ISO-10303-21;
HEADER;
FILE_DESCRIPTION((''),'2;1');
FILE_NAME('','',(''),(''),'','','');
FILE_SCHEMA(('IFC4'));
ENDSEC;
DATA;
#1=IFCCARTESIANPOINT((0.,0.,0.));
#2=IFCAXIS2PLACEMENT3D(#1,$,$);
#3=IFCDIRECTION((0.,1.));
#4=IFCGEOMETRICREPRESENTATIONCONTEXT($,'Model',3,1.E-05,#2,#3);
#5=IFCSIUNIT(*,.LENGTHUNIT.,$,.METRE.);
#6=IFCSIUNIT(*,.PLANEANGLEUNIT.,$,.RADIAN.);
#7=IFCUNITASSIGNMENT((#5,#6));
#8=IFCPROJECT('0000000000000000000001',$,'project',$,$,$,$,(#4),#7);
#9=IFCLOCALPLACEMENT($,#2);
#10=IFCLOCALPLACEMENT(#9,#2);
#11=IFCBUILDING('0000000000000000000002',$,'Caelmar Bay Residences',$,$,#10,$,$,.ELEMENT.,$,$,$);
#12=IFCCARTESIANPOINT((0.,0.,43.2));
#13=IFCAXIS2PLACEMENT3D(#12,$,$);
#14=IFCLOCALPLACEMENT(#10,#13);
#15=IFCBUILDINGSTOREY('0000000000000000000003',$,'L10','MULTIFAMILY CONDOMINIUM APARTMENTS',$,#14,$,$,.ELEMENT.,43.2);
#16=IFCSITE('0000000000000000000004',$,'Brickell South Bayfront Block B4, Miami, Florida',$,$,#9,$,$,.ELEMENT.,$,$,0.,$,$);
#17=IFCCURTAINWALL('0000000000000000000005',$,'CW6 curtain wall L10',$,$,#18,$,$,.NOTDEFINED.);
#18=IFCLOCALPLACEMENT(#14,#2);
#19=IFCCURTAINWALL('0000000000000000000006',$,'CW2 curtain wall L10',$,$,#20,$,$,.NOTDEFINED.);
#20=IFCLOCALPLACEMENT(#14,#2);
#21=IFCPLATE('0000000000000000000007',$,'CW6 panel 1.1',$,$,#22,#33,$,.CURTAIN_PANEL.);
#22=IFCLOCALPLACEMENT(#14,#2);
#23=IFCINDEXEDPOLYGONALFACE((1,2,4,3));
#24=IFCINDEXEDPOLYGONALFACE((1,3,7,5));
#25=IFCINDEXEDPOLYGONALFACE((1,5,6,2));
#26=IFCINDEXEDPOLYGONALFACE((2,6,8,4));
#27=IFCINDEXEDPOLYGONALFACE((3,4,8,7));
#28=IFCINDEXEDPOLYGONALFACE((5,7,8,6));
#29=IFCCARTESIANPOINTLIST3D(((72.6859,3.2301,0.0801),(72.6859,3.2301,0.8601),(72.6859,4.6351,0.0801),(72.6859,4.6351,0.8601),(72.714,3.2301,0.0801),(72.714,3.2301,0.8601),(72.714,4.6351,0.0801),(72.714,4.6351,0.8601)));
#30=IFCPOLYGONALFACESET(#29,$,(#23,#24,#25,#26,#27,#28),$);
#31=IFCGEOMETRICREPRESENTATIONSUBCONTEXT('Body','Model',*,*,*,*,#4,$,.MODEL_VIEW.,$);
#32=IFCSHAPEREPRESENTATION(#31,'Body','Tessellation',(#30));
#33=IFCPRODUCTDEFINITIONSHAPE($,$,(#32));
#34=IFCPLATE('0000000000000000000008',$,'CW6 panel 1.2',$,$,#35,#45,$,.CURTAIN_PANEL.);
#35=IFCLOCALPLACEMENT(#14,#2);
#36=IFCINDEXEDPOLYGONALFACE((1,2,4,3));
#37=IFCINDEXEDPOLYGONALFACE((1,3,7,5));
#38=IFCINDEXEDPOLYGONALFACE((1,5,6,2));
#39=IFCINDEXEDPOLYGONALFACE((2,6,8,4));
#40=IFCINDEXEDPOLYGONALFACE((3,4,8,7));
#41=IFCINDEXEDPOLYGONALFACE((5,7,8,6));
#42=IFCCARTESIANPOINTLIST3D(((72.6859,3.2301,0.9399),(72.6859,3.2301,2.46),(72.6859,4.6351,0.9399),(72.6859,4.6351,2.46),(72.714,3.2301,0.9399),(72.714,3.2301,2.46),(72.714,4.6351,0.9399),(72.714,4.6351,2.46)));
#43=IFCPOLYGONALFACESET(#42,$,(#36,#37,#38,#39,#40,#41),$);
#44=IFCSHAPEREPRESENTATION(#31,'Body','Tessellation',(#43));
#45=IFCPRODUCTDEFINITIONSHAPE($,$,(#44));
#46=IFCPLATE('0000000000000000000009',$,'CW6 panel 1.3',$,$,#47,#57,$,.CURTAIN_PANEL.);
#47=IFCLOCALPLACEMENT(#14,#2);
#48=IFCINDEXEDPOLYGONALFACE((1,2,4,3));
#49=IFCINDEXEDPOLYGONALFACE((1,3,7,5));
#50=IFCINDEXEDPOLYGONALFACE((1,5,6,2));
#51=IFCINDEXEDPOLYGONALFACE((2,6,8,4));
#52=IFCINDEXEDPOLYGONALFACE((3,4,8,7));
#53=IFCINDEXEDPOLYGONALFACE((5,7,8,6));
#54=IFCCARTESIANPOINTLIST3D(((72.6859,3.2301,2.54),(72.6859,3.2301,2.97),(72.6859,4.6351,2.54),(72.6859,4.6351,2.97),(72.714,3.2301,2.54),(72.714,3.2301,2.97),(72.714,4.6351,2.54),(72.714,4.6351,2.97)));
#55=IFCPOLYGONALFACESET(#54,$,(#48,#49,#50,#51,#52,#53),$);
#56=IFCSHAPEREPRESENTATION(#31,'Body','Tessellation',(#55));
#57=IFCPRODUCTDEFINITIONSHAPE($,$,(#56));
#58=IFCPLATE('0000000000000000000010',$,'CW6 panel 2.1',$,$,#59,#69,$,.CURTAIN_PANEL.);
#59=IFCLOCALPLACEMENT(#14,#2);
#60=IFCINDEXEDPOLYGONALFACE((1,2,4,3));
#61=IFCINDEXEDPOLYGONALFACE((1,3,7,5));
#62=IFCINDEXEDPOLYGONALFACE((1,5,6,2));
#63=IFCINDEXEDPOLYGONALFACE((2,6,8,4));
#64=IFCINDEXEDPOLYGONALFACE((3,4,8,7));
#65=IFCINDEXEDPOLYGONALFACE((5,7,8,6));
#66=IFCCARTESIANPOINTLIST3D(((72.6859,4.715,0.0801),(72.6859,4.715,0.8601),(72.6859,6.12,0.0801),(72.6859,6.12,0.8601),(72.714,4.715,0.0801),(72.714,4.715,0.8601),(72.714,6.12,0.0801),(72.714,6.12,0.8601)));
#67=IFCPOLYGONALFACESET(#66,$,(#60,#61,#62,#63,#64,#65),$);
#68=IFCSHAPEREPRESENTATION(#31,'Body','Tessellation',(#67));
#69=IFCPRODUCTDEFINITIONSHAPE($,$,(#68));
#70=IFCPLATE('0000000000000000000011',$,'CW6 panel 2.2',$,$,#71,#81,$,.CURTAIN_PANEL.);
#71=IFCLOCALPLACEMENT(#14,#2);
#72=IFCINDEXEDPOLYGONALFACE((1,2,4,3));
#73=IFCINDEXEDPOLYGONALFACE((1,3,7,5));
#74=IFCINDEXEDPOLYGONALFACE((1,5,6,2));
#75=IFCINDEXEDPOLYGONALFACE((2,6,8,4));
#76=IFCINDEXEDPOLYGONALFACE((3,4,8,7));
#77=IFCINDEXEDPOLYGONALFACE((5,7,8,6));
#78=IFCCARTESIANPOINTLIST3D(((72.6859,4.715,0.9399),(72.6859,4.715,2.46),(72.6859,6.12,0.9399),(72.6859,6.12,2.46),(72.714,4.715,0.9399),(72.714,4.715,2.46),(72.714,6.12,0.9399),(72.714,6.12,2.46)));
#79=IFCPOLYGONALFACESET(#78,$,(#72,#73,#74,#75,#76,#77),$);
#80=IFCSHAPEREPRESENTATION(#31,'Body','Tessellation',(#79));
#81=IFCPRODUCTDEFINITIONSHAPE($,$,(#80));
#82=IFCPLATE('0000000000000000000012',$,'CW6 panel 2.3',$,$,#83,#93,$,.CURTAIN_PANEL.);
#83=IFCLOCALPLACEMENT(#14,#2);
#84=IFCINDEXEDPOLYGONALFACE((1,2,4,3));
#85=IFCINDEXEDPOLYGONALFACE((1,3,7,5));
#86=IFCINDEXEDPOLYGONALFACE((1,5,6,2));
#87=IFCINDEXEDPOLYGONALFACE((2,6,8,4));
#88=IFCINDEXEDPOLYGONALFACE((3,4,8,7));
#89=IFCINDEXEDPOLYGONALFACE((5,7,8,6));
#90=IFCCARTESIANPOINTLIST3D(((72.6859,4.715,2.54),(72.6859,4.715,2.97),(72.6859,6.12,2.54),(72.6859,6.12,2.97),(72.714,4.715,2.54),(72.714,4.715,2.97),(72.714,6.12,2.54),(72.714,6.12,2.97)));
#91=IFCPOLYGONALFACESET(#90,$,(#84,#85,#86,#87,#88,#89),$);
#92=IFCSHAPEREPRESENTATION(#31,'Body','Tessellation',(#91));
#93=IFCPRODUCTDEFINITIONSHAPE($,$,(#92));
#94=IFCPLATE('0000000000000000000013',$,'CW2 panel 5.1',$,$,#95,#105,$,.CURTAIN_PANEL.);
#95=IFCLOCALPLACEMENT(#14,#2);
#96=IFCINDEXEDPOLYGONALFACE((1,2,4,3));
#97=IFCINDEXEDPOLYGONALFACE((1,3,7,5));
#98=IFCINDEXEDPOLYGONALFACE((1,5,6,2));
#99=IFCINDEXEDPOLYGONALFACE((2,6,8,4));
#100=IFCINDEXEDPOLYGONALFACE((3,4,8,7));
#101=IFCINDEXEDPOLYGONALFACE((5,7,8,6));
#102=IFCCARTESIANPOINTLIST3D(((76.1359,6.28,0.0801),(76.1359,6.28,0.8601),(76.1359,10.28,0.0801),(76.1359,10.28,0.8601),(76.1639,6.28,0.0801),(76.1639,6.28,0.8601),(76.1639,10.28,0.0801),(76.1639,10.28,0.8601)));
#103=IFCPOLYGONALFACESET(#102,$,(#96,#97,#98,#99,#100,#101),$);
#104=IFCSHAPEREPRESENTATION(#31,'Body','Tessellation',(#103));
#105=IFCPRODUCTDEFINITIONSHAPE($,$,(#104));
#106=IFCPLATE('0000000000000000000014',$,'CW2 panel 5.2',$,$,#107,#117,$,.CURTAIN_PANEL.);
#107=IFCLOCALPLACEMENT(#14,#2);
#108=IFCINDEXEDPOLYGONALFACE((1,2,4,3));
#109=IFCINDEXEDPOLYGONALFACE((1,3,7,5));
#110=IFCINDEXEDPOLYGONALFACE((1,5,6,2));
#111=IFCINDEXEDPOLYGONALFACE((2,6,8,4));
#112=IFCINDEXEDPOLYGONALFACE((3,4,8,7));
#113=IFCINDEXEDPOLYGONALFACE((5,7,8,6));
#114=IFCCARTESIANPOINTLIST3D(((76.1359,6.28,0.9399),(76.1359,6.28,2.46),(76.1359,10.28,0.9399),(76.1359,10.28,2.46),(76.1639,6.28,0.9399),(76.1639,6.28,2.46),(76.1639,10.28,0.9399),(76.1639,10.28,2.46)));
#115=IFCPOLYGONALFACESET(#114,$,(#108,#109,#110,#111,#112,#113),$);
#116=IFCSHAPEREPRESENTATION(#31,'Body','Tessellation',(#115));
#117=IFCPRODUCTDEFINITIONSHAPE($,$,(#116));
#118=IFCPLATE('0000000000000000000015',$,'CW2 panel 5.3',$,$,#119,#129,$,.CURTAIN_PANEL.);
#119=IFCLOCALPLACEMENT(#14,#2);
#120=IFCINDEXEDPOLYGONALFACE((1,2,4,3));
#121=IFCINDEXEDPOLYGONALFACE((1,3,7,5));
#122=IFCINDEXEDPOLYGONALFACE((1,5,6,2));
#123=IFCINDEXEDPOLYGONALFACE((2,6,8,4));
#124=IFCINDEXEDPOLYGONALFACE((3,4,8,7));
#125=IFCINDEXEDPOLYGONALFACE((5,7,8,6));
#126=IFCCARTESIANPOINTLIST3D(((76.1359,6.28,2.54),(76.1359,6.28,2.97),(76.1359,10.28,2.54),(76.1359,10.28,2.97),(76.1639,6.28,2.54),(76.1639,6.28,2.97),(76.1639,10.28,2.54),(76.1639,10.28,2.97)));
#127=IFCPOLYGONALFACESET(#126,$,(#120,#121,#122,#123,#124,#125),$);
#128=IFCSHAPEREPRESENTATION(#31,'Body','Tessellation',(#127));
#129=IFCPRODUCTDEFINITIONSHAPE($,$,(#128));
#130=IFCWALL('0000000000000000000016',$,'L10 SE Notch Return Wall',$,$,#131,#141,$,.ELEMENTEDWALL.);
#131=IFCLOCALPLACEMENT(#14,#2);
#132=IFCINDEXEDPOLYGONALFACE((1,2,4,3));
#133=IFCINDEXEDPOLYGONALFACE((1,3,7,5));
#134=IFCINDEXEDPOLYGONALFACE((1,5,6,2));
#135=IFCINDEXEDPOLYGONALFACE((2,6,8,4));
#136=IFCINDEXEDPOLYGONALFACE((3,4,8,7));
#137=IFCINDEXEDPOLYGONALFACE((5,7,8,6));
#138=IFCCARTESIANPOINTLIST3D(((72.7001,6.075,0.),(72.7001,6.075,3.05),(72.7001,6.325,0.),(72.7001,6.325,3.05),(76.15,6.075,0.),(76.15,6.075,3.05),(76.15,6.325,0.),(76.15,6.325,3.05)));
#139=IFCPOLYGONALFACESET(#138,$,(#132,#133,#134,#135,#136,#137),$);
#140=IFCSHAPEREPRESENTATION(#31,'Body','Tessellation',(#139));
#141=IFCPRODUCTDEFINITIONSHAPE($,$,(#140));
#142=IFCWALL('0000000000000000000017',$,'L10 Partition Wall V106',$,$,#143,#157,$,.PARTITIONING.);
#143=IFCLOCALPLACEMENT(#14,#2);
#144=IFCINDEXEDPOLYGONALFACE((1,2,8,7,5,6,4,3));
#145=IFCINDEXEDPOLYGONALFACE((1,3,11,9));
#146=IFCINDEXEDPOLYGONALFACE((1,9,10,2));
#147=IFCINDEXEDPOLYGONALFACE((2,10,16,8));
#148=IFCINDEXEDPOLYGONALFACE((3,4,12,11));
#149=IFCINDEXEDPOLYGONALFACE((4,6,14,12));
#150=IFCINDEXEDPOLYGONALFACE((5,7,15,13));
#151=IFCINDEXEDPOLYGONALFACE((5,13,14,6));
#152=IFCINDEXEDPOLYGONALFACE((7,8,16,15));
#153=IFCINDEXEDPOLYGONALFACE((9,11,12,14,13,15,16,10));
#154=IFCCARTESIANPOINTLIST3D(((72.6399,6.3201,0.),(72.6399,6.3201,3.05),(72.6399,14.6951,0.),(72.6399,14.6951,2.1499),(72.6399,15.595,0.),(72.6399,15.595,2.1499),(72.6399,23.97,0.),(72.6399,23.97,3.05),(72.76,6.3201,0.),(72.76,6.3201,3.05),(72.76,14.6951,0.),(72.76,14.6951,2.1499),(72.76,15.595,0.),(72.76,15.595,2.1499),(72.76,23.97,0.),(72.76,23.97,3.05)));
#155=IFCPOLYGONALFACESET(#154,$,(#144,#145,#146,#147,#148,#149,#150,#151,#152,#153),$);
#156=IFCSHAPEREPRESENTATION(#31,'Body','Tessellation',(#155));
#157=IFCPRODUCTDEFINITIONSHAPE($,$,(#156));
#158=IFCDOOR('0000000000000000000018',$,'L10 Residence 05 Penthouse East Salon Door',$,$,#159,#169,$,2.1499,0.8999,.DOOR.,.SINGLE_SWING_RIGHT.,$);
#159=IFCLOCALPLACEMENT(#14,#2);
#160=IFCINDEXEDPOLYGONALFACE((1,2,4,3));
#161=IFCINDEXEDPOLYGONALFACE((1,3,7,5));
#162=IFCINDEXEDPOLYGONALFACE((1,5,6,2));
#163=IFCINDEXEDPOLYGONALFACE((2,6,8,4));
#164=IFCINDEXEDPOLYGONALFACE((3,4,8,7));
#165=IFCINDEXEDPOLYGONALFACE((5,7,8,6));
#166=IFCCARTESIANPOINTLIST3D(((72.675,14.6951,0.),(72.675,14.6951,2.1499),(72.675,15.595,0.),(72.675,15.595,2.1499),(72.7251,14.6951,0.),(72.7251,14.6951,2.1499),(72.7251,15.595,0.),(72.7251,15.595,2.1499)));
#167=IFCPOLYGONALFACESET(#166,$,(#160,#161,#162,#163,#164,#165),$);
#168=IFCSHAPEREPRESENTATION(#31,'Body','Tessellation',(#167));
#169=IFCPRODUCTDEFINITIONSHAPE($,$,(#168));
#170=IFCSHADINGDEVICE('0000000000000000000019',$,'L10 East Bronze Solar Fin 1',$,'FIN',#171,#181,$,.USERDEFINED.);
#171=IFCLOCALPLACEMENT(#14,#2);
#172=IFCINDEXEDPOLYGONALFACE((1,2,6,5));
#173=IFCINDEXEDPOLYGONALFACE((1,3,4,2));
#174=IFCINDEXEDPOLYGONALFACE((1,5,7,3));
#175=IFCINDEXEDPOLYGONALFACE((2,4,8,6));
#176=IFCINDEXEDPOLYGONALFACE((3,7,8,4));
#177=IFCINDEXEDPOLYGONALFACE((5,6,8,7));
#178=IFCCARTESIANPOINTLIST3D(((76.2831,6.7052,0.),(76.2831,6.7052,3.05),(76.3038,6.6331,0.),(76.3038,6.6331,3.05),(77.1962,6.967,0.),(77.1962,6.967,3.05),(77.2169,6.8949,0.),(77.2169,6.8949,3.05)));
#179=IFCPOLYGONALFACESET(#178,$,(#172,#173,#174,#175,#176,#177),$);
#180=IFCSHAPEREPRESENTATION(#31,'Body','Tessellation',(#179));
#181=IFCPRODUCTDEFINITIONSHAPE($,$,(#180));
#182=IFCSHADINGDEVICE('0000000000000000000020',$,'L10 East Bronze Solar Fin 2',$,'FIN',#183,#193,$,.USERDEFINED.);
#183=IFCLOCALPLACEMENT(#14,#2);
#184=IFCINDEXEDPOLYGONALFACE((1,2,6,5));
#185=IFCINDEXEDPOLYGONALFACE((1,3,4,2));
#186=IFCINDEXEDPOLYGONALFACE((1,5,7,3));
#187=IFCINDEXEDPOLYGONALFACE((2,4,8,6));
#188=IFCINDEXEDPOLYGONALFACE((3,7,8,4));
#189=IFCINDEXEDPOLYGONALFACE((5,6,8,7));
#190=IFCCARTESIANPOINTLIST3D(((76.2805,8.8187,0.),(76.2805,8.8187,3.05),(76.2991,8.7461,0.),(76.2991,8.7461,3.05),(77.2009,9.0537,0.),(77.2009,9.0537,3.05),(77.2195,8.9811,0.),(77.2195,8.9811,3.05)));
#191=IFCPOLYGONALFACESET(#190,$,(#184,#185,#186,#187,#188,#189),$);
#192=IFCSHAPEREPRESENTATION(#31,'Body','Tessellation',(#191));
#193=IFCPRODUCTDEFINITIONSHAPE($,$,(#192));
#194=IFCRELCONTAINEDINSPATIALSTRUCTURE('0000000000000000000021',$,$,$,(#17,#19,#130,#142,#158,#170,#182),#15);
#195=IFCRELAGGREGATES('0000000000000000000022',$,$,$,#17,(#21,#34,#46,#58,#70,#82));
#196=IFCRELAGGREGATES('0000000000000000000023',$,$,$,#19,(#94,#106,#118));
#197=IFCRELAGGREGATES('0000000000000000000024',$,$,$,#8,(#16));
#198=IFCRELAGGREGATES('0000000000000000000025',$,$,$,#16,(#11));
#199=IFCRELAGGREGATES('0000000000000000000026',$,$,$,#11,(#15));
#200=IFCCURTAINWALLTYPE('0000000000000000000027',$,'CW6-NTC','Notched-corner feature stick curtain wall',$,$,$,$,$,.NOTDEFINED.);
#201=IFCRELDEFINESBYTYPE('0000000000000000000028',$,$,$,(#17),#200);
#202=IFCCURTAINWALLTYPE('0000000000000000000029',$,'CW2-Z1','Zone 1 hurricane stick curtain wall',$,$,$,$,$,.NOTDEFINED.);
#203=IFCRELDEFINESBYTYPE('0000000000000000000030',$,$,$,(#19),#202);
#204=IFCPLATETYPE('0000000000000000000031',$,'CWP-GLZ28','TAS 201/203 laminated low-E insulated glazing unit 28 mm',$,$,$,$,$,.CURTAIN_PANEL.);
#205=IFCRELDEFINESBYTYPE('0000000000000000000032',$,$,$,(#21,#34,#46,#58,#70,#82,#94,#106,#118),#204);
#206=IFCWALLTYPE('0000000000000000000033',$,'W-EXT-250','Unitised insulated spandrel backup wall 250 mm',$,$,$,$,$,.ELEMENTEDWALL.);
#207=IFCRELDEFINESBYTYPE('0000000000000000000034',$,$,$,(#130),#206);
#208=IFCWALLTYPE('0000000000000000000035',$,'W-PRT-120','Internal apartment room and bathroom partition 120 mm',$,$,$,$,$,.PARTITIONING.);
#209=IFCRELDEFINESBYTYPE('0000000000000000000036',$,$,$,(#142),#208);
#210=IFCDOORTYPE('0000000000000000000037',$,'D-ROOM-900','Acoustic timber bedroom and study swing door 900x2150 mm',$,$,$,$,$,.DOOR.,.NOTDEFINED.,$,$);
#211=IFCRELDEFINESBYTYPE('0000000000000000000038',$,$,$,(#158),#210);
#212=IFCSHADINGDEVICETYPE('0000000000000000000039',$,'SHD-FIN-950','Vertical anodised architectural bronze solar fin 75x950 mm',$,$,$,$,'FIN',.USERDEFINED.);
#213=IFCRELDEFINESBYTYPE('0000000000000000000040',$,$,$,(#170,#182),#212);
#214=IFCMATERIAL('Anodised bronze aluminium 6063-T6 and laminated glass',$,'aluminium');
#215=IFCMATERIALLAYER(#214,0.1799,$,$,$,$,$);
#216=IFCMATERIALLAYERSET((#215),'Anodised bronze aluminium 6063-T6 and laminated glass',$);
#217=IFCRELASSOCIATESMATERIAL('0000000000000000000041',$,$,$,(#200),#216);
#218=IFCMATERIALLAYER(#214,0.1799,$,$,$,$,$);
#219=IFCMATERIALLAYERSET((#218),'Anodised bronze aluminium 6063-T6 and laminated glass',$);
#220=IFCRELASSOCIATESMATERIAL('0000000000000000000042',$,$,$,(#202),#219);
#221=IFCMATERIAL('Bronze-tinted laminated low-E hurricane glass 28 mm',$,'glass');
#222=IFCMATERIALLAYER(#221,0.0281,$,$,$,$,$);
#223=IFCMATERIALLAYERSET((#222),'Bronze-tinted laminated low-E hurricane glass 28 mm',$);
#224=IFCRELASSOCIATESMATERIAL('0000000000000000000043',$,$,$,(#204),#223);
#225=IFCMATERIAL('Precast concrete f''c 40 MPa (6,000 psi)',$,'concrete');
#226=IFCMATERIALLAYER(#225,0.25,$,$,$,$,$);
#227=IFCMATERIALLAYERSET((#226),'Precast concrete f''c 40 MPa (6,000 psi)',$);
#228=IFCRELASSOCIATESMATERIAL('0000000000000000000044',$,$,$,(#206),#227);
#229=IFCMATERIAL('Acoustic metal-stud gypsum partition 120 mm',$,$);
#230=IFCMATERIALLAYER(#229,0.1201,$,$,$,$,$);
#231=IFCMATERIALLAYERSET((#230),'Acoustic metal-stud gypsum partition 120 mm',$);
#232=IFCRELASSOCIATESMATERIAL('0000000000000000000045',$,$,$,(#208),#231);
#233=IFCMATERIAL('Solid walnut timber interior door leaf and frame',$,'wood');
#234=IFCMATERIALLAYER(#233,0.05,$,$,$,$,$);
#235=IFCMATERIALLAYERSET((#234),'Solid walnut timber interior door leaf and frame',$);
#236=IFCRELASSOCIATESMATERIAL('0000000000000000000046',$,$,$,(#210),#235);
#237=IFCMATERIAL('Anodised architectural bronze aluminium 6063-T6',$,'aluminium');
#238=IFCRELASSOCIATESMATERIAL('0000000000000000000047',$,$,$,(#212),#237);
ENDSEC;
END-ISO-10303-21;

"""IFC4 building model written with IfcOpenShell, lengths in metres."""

from ifc_helpers import new_model, si_unit, direction, frame, frame_2d, origin, origin_2d, place, context, subcontext, project, spatial, rectangle, extrude, material, layer, layer_set, material_profile, profile_set, type_object, element, fill, aggregate, save


model = new_model("IFC4")

# Units and contexts
model_context = context("Model", 3, precision=1e-05, world=origin(), true_north=direction((0.0, 1.0)))
body_context = subcontext(model_context, "Body", "Model", "MODEL_VIEW")
ifc_project = project(units=[si_unit("LENGTHUNIT", "METRE"), si_unit("PLANEANGLEUNIT", "RADIAN")], contexts=[model_context])

# Site, building, storey
site_placement = place(None, origin())
site = spatial("IfcSite", under=ifc_project, at=site_placement, Name="Brickell South Bayfront Block B4, Miami, Florida", CompositionType="ELEMENT", RefElevation=0.0)
building_placement = place(site_placement, origin())
building = spatial("IfcBuilding", under=site, at=building_placement, Name="Caelmar Bay Residences", CompositionType="ELEMENT")
storey_placement = place(building_placement, frame((0.0, 0.0, 43.2)))
storey = spatial("IfcBuildingStorey", under=building, at=storey_placement, Name="L10", Description="MULTIFAMILY CONDOMINIUM APARTMENTS", CompositionType="ELEMENT", Elevation=43.2)

# Curtain walls
ifc_material_1 = material(Name="Anodised bronze aluminium 6063-T6 and laminated glass", Category="aluminium")
ifc_layer_1 = layer(ifc_material_1, 0.1799)
ifc_layer_set_1 = layer_set([ifc_layer_1], Name="Anodised bronze aluminium 6063-T6 and laminated glass")
curtain_wall_type_1 = type_object("IfcCurtainWallType", Name="CW6-NTC", Description="Notched-corner feature stick curtain wall", PredefinedType="NOTDEFINED", material=ifc_layer_set_1)
curtain_wall_1_placement = place(storey_placement, origin())
curtain_wall_1 = element("IfcCurtainWall", 1, at=curtain_wall_1_placement, inside=storey, type_object=curtain_wall_type_1, Name="CW6 curtain wall L10", PredefinedType="NOTDEFINED")
ifc_layer_2 = layer(ifc_material_1, 0.1799)
ifc_layer_set_2 = layer_set([ifc_layer_2], Name="Anodised bronze aluminium 6063-T6 and laminated glass")
curtain_wall_type_2 = type_object("IfcCurtainWallType", Name="CW2-Z1", Description="Zone 1 hurricane stick curtain wall", PredefinedType="NOTDEFINED", material=ifc_layer_set_2)
curtain_wall_2_placement = place(storey_placement, origin())
curtain_wall_2 = element("IfcCurtainWall", 2, at=curtain_wall_2_placement, inside=storey, type_object=curtain_wall_type_2, Name="CW2 curtain wall L10", PredefinedType="NOTDEFINED")

# Plates
ifc_material_2 = material(Name="Bronze-tinted laminated low-E hurricane glass 28 mm", Category="glass")
ifc_layer_3 = layer(ifc_material_2, 0.0281)
ifc_layer_set_3 = layer_set([ifc_layer_3], Name="Bronze-tinted laminated low-E hurricane glass 28 mm")
plate_type = type_object("IfcPlateType", Name="CWP-GLZ28", Description="TAS 201/203 laminated low-E insulated glazing unit 28 mm", PredefinedType="CURTAIN_PANEL", material=ifc_layer_set_3)
plate_1_placement = place(storey_placement, frame((72.7, 3.9326, 0.0801), z_axis=(0.0, 0.0, 1.0), x_axis=(0.0, 1.0, 0.0)))
plate_1 = element("IfcPlate", 3, at=plate_1_placement, type_object=plate_type, Name="CW6 panel 1.1", PredefinedType="CURTAIN_PANEL", context=body_context, shape_type="SweptSolid", body=[
    extrude(rectangle(XDim=1.405, YDim=0.0281, at=origin_2d()), origin(), (0.0, 0.0, 1.0), 0.78),
])
plate_2_placement = place(storey_placement, frame((72.7, 3.9326, 0.9399), z_axis=(0.0, 0.0, 1.0), x_axis=(0.0, 1.0, 0.0)))
plate_2 = element("IfcPlate", 4, at=plate_2_placement, type_object=plate_type, Name="CW6 panel 1.2", PredefinedType="CURTAIN_PANEL", context=body_context, shape_type="SweptSolid", body=[
    extrude(rectangle(XDim=1.405, YDim=0.0281, at=origin_2d()), origin(), (0.0, 0.0, 1.0), 1.52),
])
plate_3_placement = place(storey_placement, frame((72.7, 3.9326, 2.54), z_axis=(0.0, 0.0, 1.0), x_axis=(0.0, 1.0, 0.0)))
plate_3 = element("IfcPlate", 5, at=plate_3_placement, type_object=plate_type, Name="CW6 panel 1.3", PredefinedType="CURTAIN_PANEL", context=body_context, shape_type="SweptSolid", body=[
    extrude(rectangle(XDim=1.405, YDim=0.0281, at=origin_2d()), origin(), (0.0, 0.0, 1.0), 0.4299),
])
plate_4_placement = place(storey_placement, frame((72.7, 5.4175, 0.0801), z_axis=(0.0, 0.0, 1.0), x_axis=(0.0, 1.0, 0.0)))
plate_4 = element("IfcPlate", 6, at=plate_4_placement, type_object=plate_type, Name="CW6 panel 2.1", PredefinedType="CURTAIN_PANEL", context=body_context, shape_type="SweptSolid", body=[
    extrude(rectangle(XDim=1.405, YDim=0.0281, at=origin_2d()), origin(), (0.0, 0.0, 1.0), 0.78),
])
plate_5_placement = place(storey_placement, frame((72.7, 5.4175, 0.9399), z_axis=(0.0, 0.0, 1.0), x_axis=(0.0, 1.0, 0.0)))
plate_5 = element("IfcPlate", 7, at=plate_5_placement, type_object=plate_type, Name="CW6 panel 2.2", PredefinedType="CURTAIN_PANEL", context=body_context, shape_type="SweptSolid", body=[
    extrude(rectangle(XDim=1.405, YDim=0.0281, at=origin_2d()), origin(), (0.0, 0.0, 1.0), 1.52),
])
plate_6_placement = place(storey_placement, frame((72.7, 5.4175, 2.54), z_axis=(0.0, 0.0, 1.0), x_axis=(0.0, 1.0, 0.0)))
plate_6 = element("IfcPlate", 8, at=plate_6_placement, type_object=plate_type, Name="CW6 panel 2.3", PredefinedType="CURTAIN_PANEL", context=body_context, shape_type="SweptSolid", body=[
    extrude(rectangle(XDim=1.405, YDim=0.0281, at=origin_2d()), origin(), (0.0, 0.0, 1.0), 0.4299),
])
aggregate(curtain_wall_1, [plate_1, plate_2, plate_3, plate_4, plate_5, plate_6])
plate_7_placement = place(storey_placement, frame((76.1499, 8.28, 0.0801), z_axis=(0.0, 0.0, 1.0), x_axis=(0.0, -1.0, 0.0)))
plate_7 = element("IfcPlate", 9, at=plate_7_placement, type_object=plate_type, Name="CW2 panel 5.1", PredefinedType="CURTAIN_PANEL", context=body_context, shape_type="SweptSolid", body=[
    extrude(rectangle(XDim=4.0, YDim=0.0281, at=origin_2d()), origin(), (0.0, 0.0, 1.0), 0.78),
])
plate_8_placement = place(storey_placement, frame((76.1499, 8.28, 0.9399), z_axis=(0.0, 0.0, 1.0), x_axis=(0.0, -1.0, 0.0)))
plate_8 = element("IfcPlate", 10, at=plate_8_placement, type_object=plate_type, Name="CW2 panel 5.2", PredefinedType="CURTAIN_PANEL", context=body_context, shape_type="SweptSolid", body=[
    extrude(rectangle(XDim=4.0, YDim=0.0281, at=origin_2d()), origin(), (0.0, 0.0, 1.0), 1.52),
])
plate_9_placement = place(storey_placement, frame((76.1499, 8.28, 2.54), z_axis=(0.0, 0.0, 1.0), x_axis=(0.0, -1.0, 0.0)))
plate_9 = element("IfcPlate", 11, at=plate_9_placement, type_object=plate_type, Name="CW2 panel 5.3", PredefinedType="CURTAIN_PANEL", context=body_context, shape_type="SweptSolid", body=[
    extrude(rectangle(XDim=4.0, YDim=0.0281, at=origin_2d()), origin(), (0.0, 0.0, 1.0), 0.4299),
])
aggregate(curtain_wall_2, [plate_7, plate_8, plate_9])

# Wall
ifc_material_3 = material(Name="Precast concrete f'c 40 MPa (6,000 psi)", Category="concrete")
ifc_layer_4 = layer(ifc_material_3, 0.25)
ifc_layer_set_4 = layer_set([ifc_layer_4], Name="Precast concrete f'c 40 MPa (6,000 psi)")
wall_type_1 = type_object("IfcWallType", Name="W-EXT-250", Description="Unitised insulated spandrel backup wall 250 mm", PredefinedType="ELEMENTEDWALL", material=ifc_layer_set_4)
wall_1_placement = place(storey_placement, frame((72.7, 6.2, 0.0), z_axis=(0.0, 0.0, 1.0), x_axis=(1.0, 0.0, 0.0)))
element("IfcWall", 12, at=wall_1_placement, inside=storey, type_object=wall_type_1, Name="L10 SE Notch Return Wall", PredefinedType="ELEMENTEDWALL", context=body_context, shape_type="SweptSolid", body=[
    extrude(rectangle(XDim=3.45, YDim=0.25, at=frame_2d((1.7251, 0.0))), origin(), (0.0, 0.0, 1.0), 3.05),
])

# Wall, opening, door
ifc_material_4 = material(Name="Acoustic metal-stud gypsum partition 120 mm")
ifc_layer_5 = layer(ifc_material_4, 0.1201)
ifc_layer_set_5 = layer_set([ifc_layer_5], Name="Acoustic metal-stud gypsum partition 120 mm")
wall_type_2 = type_object("IfcWallType", Name="W-PRT-120", Description="Internal apartment room and bathroom partition 120 mm", PredefinedType="PARTITIONING", material=ifc_layer_set_5)
wall_2_placement = place(storey_placement, frame((72.7, 6.3201, 0.0), z_axis=(0.0, 0.0, 1.0), x_axis=(0.0, 1.0, 0.0)))
wall_2 = element("IfcWall", 13, at=wall_2_placement, inside=storey, type_object=wall_type_2, Name="L10 Partition Wall V106", PredefinedType="PARTITIONING", context=body_context, shape_type="SweptSolid", body=[
    extrude(rectangle(XDim=17.6499, YDim=0.1201, at=frame_2d((8.825, 0.0))), origin(), (0.0, 0.0, 1.0), 3.05),
])
opening_placement = place(wall_2_placement, frame((8.375, 0.0, 0.0)))
opening = element("IfcOpeningElement", 14, at=opening_placement, cuts=wall_2, PredefinedType="OPENING", context=body_context, shape_type="SweptSolid", body=[
    extrude(rectangle(XDim=0.8999, YDim=2.1499, at=frame_2d((0.45, 1.075))), frame((0.0, 0.0701, 0.0), z_axis=(0.0, -1.0, 0.0), x_axis=(1.0, 0.0, 0.0)), (0.0, 0.0, 1.0), 0.1401),
])
ifc_material_5 = material(Name="Solid walnut timber interior door leaf and frame", Category="wood")
ifc_layer_6 = layer(ifc_material_5, 0.05)
ifc_layer_set_6 = layer_set([ifc_layer_6], Name="Solid walnut timber interior door leaf and frame")
door_type = type_object("IfcDoorType", Name="D-ROOM-900", Description="Acoustic timber bedroom and study swing door 900x2150 mm", OperationType="NOTDEFINED", PredefinedType="DOOR", material=ifc_layer_set_6)
door_placement = place(opening_placement, origin())
door = element("IfcDoor", 15, at=door_placement, inside=storey, type_object=door_type, Name="L10 Residence 05 Penthouse East Salon Door", OperationType="SINGLE_SWING_RIGHT", OverallHeight=2.1499, OverallWidth=0.8999, PredefinedType="DOOR", context=body_context, shape_type="SweptSolid", body=[
    extrude(rectangle(XDim=0.8999, YDim=2.1499, at=frame_2d((0.45, 1.075))), frame((0.0, 0.0249, 0.0), z_axis=(0.0, -1.0, 0.0), x_axis=(1.0, 0.0, 0.0)), (0.0, 0.0, 1.0), 0.05),
])
fill(opening, door)

# Shading devices
ifc_material_6 = material(Name="Anodised architectural bronze aluminium 6063-T6", Category="aluminium")
ifc_material_profile_1 = material_profile(ifc_material_6, rectangle(XDim=0.075, YDim=0.95, at=origin_2d()), Name="BRONZE-FIN-75X950")
ifc_profile_set_1 = profile_set([ifc_material_profile_1], Name="Anodised architectural bronze aluminium 6063-T6")
shading_device_type = type_object("IfcShadingDeviceType", Name="SHD-FIN-950", Description="Vertical anodised architectural bronze solar fin 75x950 mm", ElementType="FIN", PredefinedType="USERDEFINED", material=ifc_profile_set_1)
for number, where, z_axis, x_axis, name in (
    (16, (76.75, 6.8, 0.0), (0.0, 0.0, 1.0), (-0.275637, 0.961262, 0.0), "L10 East Bronze Solar Fin 1"),
    (17, (76.75, 8.8999, 0.0), (0.0, 0.0, 1.0), (-0.247337, 0.968929, 0.0), "L10 East Bronze Solar Fin 2"),
):
    element("IfcShadingDevice", number, at=place(storey_placement, frame(where, z_axis=z_axis, x_axis=x_axis)), inside=storey, type_object=shading_device_type, Name=name, ObjectType="FIN", PredefinedType="USERDEFINED", context=body_context, shape_type="SweptSolid", body=[
        extrude(rectangle(XDim=0.075, YDim=0.95, at=origin_2d()), origin(), (0.0, 0.0, 1.0), 3.05),
    ])

save(model, "model.ifc")
